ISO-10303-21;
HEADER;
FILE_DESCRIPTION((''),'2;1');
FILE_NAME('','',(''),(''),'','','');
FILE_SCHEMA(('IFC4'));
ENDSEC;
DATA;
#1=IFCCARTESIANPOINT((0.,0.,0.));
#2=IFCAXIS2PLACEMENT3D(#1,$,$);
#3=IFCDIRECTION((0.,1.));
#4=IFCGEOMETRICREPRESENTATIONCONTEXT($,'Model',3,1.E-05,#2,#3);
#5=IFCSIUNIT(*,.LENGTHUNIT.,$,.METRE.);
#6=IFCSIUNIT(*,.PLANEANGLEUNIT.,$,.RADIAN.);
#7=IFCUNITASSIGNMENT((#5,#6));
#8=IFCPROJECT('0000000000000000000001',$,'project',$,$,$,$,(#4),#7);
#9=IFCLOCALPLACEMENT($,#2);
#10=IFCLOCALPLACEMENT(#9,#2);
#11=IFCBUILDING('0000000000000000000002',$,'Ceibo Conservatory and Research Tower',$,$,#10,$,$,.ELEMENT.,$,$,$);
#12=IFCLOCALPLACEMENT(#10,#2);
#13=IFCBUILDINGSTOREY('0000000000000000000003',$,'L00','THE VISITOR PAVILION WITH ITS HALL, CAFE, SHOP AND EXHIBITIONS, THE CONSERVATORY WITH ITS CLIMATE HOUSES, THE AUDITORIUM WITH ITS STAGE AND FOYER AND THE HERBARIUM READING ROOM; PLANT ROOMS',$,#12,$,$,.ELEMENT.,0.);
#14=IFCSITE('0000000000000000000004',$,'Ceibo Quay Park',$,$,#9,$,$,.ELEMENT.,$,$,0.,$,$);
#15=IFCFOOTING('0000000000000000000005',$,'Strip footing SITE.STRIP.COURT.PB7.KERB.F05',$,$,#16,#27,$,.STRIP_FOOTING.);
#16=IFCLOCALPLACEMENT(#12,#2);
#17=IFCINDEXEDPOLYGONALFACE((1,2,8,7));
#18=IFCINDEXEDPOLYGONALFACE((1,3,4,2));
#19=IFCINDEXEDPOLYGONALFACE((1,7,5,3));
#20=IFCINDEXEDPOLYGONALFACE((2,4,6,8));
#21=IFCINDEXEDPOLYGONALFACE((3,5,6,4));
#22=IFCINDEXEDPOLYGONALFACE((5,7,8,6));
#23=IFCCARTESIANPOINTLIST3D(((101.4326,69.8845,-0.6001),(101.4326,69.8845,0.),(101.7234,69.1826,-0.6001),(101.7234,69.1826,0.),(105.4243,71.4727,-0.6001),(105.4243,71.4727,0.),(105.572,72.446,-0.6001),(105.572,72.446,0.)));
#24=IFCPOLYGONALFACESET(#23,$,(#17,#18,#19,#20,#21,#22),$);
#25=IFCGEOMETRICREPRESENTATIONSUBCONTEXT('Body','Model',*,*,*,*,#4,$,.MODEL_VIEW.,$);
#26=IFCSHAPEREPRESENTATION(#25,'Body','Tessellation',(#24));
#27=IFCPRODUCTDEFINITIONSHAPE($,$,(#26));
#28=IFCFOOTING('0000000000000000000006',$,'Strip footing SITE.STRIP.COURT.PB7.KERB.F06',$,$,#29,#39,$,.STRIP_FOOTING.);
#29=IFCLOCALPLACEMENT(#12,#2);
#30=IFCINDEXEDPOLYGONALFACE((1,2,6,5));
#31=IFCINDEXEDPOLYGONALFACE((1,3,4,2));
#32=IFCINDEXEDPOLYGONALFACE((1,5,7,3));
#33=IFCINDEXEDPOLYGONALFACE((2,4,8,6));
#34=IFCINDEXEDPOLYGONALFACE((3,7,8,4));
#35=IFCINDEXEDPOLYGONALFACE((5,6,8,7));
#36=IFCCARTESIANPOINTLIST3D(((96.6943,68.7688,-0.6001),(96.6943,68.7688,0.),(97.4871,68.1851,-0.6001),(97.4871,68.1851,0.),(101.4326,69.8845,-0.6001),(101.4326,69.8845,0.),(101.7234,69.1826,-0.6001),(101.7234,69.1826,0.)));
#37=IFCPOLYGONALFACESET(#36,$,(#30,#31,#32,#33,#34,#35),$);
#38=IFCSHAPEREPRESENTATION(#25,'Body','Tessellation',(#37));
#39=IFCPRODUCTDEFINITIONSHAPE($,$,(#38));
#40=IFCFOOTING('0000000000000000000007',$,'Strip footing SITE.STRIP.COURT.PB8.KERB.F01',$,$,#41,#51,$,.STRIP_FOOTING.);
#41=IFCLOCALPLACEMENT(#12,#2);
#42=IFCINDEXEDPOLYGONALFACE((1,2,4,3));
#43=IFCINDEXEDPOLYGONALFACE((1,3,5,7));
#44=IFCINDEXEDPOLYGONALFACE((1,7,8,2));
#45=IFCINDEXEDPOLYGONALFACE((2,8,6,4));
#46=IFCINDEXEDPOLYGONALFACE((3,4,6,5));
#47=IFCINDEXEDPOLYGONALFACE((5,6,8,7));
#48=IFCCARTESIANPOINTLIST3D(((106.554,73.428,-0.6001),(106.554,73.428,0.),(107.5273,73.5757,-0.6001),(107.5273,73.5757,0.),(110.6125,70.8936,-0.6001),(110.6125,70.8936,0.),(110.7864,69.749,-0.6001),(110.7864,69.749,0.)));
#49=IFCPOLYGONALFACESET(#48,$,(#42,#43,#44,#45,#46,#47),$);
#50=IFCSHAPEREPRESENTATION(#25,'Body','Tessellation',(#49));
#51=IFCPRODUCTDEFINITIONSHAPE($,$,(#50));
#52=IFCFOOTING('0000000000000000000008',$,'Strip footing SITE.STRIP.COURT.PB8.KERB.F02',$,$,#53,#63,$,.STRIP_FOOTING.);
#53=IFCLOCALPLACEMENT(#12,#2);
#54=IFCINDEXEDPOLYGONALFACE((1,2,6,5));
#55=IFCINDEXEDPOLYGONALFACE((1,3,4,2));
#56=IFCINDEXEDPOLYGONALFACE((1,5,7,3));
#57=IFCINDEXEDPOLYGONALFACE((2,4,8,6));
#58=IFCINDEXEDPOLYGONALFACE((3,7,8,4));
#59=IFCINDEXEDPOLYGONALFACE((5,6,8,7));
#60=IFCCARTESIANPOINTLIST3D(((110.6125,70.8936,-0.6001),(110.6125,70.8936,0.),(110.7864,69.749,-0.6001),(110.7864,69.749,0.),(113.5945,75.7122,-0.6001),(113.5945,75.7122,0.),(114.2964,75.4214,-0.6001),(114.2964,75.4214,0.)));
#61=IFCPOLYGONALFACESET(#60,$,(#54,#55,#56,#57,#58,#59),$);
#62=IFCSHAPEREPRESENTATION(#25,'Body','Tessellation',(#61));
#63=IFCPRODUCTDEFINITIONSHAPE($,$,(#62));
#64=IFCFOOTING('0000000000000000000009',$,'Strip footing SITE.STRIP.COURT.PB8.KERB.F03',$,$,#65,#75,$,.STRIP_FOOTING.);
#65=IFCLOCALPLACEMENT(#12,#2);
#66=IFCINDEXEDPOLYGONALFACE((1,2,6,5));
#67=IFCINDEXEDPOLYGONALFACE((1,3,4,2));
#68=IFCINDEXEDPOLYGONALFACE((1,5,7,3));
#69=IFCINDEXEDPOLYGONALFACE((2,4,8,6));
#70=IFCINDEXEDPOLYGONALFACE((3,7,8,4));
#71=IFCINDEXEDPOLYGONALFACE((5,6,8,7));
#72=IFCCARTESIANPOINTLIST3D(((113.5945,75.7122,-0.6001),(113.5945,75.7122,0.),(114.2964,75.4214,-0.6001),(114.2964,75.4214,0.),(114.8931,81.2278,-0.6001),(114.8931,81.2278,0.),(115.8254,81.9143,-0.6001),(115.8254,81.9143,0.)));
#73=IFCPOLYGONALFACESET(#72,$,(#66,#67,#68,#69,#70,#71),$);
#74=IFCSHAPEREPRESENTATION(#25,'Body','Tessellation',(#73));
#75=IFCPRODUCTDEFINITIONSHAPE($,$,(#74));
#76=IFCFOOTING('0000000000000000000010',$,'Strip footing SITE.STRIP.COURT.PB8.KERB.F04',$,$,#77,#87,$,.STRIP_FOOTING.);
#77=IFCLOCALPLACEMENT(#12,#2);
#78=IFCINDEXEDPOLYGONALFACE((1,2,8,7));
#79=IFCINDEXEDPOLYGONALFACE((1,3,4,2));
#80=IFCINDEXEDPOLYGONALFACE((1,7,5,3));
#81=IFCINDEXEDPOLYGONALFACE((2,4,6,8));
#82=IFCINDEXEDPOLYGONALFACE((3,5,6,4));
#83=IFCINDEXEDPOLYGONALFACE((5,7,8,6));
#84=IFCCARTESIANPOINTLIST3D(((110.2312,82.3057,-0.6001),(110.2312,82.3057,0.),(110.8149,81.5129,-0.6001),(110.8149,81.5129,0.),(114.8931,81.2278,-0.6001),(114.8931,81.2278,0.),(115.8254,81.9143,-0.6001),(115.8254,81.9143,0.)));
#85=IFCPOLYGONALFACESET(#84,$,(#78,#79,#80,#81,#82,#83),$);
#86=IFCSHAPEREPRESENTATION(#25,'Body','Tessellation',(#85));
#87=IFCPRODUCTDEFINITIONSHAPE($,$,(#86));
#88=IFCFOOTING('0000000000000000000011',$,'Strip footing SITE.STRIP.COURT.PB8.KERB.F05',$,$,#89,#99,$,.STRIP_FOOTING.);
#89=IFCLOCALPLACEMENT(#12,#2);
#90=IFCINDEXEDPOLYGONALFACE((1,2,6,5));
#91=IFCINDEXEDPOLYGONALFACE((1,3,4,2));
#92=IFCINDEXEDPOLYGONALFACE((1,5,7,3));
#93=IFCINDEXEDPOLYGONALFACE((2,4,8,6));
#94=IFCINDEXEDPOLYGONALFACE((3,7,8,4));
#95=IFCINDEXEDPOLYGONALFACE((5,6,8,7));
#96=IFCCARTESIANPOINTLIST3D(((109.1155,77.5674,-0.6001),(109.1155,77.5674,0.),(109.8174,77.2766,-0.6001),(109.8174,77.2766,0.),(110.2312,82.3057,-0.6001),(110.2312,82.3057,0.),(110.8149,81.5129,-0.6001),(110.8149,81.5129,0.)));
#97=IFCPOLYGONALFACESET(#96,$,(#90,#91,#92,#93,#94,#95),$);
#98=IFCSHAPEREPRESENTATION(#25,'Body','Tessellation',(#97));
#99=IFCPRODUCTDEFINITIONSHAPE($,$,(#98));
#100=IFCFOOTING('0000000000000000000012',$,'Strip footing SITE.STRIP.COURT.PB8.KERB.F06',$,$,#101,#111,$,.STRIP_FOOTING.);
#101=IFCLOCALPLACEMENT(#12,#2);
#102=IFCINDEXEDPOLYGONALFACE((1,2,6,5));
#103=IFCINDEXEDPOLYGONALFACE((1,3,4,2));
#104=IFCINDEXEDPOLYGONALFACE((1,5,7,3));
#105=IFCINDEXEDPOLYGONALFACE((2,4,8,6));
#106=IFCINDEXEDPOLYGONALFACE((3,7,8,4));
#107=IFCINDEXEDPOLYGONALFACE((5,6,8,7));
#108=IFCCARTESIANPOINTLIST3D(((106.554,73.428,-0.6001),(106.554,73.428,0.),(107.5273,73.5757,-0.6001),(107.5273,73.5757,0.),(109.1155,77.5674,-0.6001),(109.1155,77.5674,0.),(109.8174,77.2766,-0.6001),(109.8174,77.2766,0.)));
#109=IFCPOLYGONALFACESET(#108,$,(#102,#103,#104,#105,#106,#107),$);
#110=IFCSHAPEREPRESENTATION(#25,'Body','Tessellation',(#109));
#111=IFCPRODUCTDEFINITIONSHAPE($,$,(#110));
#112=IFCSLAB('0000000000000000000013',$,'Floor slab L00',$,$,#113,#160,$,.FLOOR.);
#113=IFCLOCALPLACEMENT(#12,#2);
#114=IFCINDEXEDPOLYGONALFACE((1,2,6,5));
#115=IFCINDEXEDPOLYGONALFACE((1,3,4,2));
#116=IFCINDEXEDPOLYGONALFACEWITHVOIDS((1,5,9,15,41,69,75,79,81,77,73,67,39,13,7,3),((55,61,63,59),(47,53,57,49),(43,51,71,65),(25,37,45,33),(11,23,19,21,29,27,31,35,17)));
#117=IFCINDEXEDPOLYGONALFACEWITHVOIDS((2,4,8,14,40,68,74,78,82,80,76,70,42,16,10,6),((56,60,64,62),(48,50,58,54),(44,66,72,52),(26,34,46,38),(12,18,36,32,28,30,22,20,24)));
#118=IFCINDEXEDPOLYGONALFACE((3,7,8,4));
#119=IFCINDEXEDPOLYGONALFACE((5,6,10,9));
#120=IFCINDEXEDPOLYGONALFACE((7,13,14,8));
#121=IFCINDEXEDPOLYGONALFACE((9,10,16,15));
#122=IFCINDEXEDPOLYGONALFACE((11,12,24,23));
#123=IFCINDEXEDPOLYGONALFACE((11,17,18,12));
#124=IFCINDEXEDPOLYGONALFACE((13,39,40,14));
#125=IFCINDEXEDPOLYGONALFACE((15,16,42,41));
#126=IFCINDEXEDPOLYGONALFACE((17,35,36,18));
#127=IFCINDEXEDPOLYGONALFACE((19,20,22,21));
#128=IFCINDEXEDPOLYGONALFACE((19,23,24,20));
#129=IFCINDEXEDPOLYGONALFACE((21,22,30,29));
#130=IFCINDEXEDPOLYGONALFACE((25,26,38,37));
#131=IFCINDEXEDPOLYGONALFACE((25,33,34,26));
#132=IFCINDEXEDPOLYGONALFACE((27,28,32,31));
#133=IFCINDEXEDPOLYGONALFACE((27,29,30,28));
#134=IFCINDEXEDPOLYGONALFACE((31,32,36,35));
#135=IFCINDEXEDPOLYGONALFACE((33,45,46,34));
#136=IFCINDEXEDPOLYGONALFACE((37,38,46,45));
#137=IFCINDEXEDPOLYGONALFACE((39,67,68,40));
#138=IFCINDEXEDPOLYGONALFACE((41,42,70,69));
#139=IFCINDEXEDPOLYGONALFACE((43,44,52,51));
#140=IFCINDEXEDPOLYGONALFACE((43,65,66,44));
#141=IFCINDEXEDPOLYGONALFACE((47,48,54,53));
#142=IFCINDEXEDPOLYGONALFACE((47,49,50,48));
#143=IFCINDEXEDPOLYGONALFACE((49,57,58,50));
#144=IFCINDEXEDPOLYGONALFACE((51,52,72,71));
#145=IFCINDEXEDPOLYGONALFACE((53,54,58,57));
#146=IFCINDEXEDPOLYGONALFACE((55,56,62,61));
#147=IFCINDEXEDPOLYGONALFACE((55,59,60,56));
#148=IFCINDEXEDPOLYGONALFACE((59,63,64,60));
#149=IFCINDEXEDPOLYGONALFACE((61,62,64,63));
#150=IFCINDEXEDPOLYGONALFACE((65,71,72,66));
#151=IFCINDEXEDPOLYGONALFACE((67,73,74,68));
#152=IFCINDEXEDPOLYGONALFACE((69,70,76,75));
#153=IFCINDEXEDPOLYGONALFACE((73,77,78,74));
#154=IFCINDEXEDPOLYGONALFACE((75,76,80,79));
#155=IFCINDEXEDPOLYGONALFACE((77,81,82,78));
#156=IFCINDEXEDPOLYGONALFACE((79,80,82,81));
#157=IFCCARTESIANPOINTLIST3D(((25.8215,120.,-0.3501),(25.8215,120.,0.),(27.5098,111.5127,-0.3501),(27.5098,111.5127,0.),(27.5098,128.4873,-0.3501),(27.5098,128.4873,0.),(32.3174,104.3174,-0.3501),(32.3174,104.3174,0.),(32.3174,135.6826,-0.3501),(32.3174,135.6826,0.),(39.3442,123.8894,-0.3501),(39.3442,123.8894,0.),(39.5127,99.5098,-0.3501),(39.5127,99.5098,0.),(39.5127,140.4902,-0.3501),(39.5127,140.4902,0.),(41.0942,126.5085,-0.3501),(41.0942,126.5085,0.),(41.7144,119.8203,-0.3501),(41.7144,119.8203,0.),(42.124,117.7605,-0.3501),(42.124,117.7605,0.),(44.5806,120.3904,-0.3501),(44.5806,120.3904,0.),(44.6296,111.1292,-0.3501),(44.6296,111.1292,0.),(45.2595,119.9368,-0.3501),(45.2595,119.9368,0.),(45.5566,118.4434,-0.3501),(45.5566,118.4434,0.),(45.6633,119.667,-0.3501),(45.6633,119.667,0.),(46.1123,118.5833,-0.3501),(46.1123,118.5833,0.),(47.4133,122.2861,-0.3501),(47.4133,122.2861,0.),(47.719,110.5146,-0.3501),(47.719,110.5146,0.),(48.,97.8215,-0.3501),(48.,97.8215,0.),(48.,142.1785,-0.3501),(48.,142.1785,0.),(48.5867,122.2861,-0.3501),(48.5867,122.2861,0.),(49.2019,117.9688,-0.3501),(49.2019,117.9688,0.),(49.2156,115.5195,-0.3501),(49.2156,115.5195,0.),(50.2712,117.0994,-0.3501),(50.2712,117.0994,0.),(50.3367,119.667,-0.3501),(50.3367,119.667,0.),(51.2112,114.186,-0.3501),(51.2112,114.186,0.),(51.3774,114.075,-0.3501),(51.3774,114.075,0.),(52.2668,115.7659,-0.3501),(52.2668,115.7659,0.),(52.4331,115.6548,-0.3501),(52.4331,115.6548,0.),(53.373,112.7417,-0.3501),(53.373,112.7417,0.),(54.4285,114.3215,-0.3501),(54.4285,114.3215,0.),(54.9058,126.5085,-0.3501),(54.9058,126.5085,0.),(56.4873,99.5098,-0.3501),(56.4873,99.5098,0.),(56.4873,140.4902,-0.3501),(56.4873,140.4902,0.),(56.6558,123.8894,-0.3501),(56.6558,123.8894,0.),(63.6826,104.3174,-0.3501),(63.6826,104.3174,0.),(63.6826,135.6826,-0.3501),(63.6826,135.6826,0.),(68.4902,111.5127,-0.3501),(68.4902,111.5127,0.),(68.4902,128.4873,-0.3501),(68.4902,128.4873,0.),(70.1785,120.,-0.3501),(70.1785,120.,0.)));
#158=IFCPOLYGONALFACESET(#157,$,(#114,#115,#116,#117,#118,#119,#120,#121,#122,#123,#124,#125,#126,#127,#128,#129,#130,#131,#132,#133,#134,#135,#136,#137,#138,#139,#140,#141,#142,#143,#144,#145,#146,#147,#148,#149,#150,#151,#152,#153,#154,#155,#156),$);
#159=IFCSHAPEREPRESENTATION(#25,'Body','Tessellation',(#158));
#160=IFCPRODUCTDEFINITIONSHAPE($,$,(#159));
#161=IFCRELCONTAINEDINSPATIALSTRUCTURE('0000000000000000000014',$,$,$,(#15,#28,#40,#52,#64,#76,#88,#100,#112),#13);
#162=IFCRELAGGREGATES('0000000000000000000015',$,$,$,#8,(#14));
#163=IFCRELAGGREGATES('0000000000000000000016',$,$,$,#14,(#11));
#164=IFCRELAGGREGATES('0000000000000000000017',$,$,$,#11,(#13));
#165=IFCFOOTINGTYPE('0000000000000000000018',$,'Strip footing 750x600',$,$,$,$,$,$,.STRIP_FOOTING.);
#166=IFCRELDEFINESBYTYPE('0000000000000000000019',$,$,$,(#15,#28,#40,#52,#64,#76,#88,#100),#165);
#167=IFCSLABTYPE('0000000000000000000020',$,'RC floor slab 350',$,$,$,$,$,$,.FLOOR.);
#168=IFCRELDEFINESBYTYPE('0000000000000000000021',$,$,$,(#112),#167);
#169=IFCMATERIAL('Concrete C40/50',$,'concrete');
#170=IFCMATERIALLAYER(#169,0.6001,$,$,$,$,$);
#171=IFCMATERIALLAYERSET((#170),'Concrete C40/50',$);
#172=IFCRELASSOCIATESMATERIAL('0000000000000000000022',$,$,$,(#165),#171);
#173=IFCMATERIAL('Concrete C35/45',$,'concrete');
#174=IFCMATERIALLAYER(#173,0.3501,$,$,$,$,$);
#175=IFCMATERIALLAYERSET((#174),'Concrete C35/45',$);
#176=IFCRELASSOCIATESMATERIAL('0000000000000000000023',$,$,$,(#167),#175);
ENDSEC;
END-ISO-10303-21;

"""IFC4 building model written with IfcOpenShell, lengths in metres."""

from ifc_helpers import new_model, si_unit, direction, frame, origin, place, context, subcontext, project, spatial, polyline, outline, extrude, material, layer, layer_set, type_object, element, save


model = new_model("IFC4")

# Units and contexts
model_context = context("Model", 3, precision=1e-05, world=origin(), true_north=direction((0.0, 1.0)))
body_context = subcontext(model_context, "Body", "Model", "MODEL_VIEW")
ifc_project = project(units=[si_unit("LENGTHUNIT", "METRE"), si_unit("PLANEANGLEUNIT", "RADIAN")], contexts=[model_context])

# Site, building, storey
site_placement = place(None, origin())
site = spatial("IfcSite", under=ifc_project, at=site_placement, Name="Ceibo Quay Park", CompositionType="ELEMENT", RefElevation=0.0)
building_placement = place(site_placement, origin())
building = spatial("IfcBuilding", under=site, at=building_placement, Name="Ceibo Conservatory and Research Tower", CompositionType="ELEMENT")
storey_placement = place(building_placement, origin())
storey = spatial("IfcBuildingStorey", under=building, at=storey_placement, Name="L00", Description="THE VISITOR PAVILION WITH ITS HALL, CAFE, SHOP AND EXHIBITIONS, THE CONSERVATORY WITH ITS CLIMATE HOUSES, THE AUDITORIUM WITH ITS STAGE AND FOYER AND THE HERBARIUM READING ROOM; PLANT ROOMS", CompositionType="ELEMENT", Elevation=0.0)

# Footings
ifc_material_1 = material(Name="Concrete C40/50", Category="concrete")
ifc_layer_1 = layer(ifc_material_1, 0.6001)
ifc_layer_set_1 = layer_set([ifc_layer_1], Name="Concrete C40/50")
footing_type_1 = type_object("IfcFootingType", Name="Strip footing 750x600", PredefinedType="STRIP_FOOTING", material=ifc_layer_set_1)
footing_1_placement = place(storey_placement, frame((0.0, 0.0, -0.6001)))
element("IfcFooting", 1, at=footing_1_placement, inside=storey, type_object=footing_type_1, Name="Strip footing SITE.STRIP.COURT.PB7.KERB.F05", PredefinedType="STRIP_FOOTING", context=body_context, shape_type="SweptSolid", body=[
    extrude(outline(polyline([(105.572, 72.446), (101.4326, 69.8845), (101.7234, 69.1826), (105.4243, 71.4727), (105.572, 72.446)])), origin(), (0.0, 0.0, 1.0), 0.6001),
])
footing_2_placement = place(storey_placement, frame((0.0, 0.0, -0.6001)))
element("IfcFooting", 2, at=footing_2_placement, inside=storey, type_object=footing_type_1, Name="Strip footing SITE.STRIP.COURT.PB7.KERB.F06", PredefinedType="STRIP_FOOTING", context=body_context, shape_type="SweptSolid", body=[
    extrude(outline(polyline([(101.4326, 69.8845), (96.6943, 68.7688), (97.4871, 68.1851), (101.7234, 69.1826), (101.4326, 69.8845)])), origin(), (0.0, 0.0, 1.0), 0.6001),
])
footing_3_placement = place(storey_placement, frame((0.0, 0.0, -0.6001)))
element("IfcFooting", 3, at=footing_3_placement, inside=storey, type_object=footing_type_1, Name="Strip footing SITE.STRIP.COURT.PB8.KERB.F01", PredefinedType="STRIP_FOOTING", context=body_context, shape_type="SweptSolid", body=[
    extrude(outline(polyline([(106.554, 73.428), (110.7864, 69.749), (110.6125, 70.8936), (107.5273, 73.5757), (106.554, 73.428)])), origin(), (0.0, 0.0, 1.0), 0.6001),
])
footing_4_placement = place(storey_placement, frame((0.0, 0.0, -0.6001)))
element("IfcFooting", 4, at=footing_4_placement, inside=storey, type_object=footing_type_1, Name="Strip footing SITE.STRIP.COURT.PB8.KERB.F02", PredefinedType="STRIP_FOOTING", context=body_context, shape_type="SweptSolid", body=[
    extrude(outline(polyline([(110.7864, 69.749), (114.2964, 75.4214), (113.5945, 75.7122), (110.6125, 70.8936), (110.7864, 69.749)])), origin(), (0.0, 0.0, 1.0), 0.6001),
])
footing_5_placement = place(storey_placement, frame((0.0, 0.0, -0.6001)))
element("IfcFooting", 5, at=footing_5_placement, inside=storey, type_object=footing_type_1, Name="Strip footing SITE.STRIP.COURT.PB8.KERB.F03", PredefinedType="STRIP_FOOTING", context=body_context, shape_type="SweptSolid", body=[
    extrude(outline(polyline([(114.2964, 75.4214), (115.8254, 81.9143), (114.8931, 81.2278), (113.5945, 75.7122), (114.2964, 75.4214)])), origin(), (0.0, 0.0, 1.0), 0.6001),
])
footing_6_placement = place(storey_placement, frame((0.0, 0.0, -0.6001)))
element("IfcFooting", 6, at=footing_6_placement, inside=storey, type_object=footing_type_1, Name="Strip footing SITE.STRIP.COURT.PB8.KERB.F04", PredefinedType="STRIP_FOOTING", context=body_context, shape_type="SweptSolid", body=[
    extrude(outline(polyline([(115.8254, 81.9143), (110.2312, 82.3057), (110.8149, 81.5129), (114.8931, 81.2278), (115.8254, 81.9143)])), origin(), (0.0, 0.0, 1.0), 0.6001),
])
footing_7_placement = place(storey_placement, frame((0.0, 0.0, -0.6001)))
element("IfcFooting", 7, at=footing_7_placement, inside=storey, type_object=footing_type_1, Name="Strip footing SITE.STRIP.COURT.PB8.KERB.F05", PredefinedType="STRIP_FOOTING", context=body_context, shape_type="SweptSolid", body=[
    extrude(outline(polyline([(110.2312, 82.3057), (109.1155, 77.5674), (109.8174, 77.2766), (110.8149, 81.5129), (110.2312, 82.3057)])), origin(), (0.0, 0.0, 1.0), 0.6001),
])
footing_8_placement = place(storey_placement, frame((0.0, 0.0, -0.6001)))
element("IfcFooting", 8, at=footing_8_placement, inside=storey, type_object=footing_type_1, Name="Strip footing SITE.STRIP.COURT.PB8.KERB.F06", PredefinedType="STRIP_FOOTING", context=body_context, shape_type="SweptSolid", body=[
    extrude(outline(polyline([(109.1155, 77.5674), (106.554, 73.428), (107.5273, 73.5757), (109.8174, 77.2766), (109.1155, 77.5674)])), origin(), (0.0, 0.0, 1.0), 0.6001),
])

# Slab
ifc_material_2 = material(Name="Concrete C35/45", Category="concrete")
ifc_layer_2 = layer(ifc_material_2, 0.3501)
ifc_layer_set_2 = layer_set([ifc_layer_2], Name="Concrete C35/45")
slab_type_1 = type_object("IfcSlabType", Name="RC floor slab 350", PredefinedType="FLOOR", material=ifc_layer_set_2)
slab_1_placement = place(storey_placement, frame((0.0, 0.0, -0.3501)))
element("IfcSlab", 9, at=slab_1_placement, inside=storey, type_object=slab_type_1, Name="Floor slab L00", PredefinedType="FLOOR", context=body_context, shape_type="SweptSolid", body=[
    extrude(outline(polyline([(70.1785, 120.0), (68.4902, 128.4873), (63.6826, 135.6826), (56.4873, 140.4902), (48.0, 142.1785), (39.5127, 140.4902), (32.3174, 135.6826), (27.5098, 128.4873), (25.8215, 120.0), (27.5098, 111.5127), (32.3174, 104.3174), (39.5127, 99.5098), (48.0, 97.8215), (56.4873, 99.5098), (63.6826, 104.3174), (68.4902, 111.5127), (70.1785, 120.0)]), holes=[polyline([(52.4331, 115.6548), (51.3774, 114.075), (53.373, 112.7417), (54.4285, 114.3215), (52.4331, 115.6548)]), polyline([(47.719, 110.5146), (49.2019, 117.9688), (46.1123, 118.5833), (44.6296, 111.1292), (47.719, 110.5146)]), polyline([(52.2668, 115.7659), (50.2712, 117.0994), (49.2156, 115.5195), (51.2112, 114.186), (52.2668, 115.7659)]), polyline([(42.124, 117.7605), (45.5566, 118.4434), (45.2595, 119.9368), (45.6633, 119.667), (47.4133, 122.2861), (41.0942, 126.5085), (39.3442, 123.8894), (44.5806, 120.3904), (41.7144, 119.8203), (42.124, 117.7605)]), polyline([(54.9058, 126.5085), (48.5867, 122.2861), (50.3367, 119.667), (56.6558, 123.8894), (54.9058, 126.5085)])]), origin(), (0.0, 0.0, 1.0), 0.3501),
])

save(model, "model.ifc")
